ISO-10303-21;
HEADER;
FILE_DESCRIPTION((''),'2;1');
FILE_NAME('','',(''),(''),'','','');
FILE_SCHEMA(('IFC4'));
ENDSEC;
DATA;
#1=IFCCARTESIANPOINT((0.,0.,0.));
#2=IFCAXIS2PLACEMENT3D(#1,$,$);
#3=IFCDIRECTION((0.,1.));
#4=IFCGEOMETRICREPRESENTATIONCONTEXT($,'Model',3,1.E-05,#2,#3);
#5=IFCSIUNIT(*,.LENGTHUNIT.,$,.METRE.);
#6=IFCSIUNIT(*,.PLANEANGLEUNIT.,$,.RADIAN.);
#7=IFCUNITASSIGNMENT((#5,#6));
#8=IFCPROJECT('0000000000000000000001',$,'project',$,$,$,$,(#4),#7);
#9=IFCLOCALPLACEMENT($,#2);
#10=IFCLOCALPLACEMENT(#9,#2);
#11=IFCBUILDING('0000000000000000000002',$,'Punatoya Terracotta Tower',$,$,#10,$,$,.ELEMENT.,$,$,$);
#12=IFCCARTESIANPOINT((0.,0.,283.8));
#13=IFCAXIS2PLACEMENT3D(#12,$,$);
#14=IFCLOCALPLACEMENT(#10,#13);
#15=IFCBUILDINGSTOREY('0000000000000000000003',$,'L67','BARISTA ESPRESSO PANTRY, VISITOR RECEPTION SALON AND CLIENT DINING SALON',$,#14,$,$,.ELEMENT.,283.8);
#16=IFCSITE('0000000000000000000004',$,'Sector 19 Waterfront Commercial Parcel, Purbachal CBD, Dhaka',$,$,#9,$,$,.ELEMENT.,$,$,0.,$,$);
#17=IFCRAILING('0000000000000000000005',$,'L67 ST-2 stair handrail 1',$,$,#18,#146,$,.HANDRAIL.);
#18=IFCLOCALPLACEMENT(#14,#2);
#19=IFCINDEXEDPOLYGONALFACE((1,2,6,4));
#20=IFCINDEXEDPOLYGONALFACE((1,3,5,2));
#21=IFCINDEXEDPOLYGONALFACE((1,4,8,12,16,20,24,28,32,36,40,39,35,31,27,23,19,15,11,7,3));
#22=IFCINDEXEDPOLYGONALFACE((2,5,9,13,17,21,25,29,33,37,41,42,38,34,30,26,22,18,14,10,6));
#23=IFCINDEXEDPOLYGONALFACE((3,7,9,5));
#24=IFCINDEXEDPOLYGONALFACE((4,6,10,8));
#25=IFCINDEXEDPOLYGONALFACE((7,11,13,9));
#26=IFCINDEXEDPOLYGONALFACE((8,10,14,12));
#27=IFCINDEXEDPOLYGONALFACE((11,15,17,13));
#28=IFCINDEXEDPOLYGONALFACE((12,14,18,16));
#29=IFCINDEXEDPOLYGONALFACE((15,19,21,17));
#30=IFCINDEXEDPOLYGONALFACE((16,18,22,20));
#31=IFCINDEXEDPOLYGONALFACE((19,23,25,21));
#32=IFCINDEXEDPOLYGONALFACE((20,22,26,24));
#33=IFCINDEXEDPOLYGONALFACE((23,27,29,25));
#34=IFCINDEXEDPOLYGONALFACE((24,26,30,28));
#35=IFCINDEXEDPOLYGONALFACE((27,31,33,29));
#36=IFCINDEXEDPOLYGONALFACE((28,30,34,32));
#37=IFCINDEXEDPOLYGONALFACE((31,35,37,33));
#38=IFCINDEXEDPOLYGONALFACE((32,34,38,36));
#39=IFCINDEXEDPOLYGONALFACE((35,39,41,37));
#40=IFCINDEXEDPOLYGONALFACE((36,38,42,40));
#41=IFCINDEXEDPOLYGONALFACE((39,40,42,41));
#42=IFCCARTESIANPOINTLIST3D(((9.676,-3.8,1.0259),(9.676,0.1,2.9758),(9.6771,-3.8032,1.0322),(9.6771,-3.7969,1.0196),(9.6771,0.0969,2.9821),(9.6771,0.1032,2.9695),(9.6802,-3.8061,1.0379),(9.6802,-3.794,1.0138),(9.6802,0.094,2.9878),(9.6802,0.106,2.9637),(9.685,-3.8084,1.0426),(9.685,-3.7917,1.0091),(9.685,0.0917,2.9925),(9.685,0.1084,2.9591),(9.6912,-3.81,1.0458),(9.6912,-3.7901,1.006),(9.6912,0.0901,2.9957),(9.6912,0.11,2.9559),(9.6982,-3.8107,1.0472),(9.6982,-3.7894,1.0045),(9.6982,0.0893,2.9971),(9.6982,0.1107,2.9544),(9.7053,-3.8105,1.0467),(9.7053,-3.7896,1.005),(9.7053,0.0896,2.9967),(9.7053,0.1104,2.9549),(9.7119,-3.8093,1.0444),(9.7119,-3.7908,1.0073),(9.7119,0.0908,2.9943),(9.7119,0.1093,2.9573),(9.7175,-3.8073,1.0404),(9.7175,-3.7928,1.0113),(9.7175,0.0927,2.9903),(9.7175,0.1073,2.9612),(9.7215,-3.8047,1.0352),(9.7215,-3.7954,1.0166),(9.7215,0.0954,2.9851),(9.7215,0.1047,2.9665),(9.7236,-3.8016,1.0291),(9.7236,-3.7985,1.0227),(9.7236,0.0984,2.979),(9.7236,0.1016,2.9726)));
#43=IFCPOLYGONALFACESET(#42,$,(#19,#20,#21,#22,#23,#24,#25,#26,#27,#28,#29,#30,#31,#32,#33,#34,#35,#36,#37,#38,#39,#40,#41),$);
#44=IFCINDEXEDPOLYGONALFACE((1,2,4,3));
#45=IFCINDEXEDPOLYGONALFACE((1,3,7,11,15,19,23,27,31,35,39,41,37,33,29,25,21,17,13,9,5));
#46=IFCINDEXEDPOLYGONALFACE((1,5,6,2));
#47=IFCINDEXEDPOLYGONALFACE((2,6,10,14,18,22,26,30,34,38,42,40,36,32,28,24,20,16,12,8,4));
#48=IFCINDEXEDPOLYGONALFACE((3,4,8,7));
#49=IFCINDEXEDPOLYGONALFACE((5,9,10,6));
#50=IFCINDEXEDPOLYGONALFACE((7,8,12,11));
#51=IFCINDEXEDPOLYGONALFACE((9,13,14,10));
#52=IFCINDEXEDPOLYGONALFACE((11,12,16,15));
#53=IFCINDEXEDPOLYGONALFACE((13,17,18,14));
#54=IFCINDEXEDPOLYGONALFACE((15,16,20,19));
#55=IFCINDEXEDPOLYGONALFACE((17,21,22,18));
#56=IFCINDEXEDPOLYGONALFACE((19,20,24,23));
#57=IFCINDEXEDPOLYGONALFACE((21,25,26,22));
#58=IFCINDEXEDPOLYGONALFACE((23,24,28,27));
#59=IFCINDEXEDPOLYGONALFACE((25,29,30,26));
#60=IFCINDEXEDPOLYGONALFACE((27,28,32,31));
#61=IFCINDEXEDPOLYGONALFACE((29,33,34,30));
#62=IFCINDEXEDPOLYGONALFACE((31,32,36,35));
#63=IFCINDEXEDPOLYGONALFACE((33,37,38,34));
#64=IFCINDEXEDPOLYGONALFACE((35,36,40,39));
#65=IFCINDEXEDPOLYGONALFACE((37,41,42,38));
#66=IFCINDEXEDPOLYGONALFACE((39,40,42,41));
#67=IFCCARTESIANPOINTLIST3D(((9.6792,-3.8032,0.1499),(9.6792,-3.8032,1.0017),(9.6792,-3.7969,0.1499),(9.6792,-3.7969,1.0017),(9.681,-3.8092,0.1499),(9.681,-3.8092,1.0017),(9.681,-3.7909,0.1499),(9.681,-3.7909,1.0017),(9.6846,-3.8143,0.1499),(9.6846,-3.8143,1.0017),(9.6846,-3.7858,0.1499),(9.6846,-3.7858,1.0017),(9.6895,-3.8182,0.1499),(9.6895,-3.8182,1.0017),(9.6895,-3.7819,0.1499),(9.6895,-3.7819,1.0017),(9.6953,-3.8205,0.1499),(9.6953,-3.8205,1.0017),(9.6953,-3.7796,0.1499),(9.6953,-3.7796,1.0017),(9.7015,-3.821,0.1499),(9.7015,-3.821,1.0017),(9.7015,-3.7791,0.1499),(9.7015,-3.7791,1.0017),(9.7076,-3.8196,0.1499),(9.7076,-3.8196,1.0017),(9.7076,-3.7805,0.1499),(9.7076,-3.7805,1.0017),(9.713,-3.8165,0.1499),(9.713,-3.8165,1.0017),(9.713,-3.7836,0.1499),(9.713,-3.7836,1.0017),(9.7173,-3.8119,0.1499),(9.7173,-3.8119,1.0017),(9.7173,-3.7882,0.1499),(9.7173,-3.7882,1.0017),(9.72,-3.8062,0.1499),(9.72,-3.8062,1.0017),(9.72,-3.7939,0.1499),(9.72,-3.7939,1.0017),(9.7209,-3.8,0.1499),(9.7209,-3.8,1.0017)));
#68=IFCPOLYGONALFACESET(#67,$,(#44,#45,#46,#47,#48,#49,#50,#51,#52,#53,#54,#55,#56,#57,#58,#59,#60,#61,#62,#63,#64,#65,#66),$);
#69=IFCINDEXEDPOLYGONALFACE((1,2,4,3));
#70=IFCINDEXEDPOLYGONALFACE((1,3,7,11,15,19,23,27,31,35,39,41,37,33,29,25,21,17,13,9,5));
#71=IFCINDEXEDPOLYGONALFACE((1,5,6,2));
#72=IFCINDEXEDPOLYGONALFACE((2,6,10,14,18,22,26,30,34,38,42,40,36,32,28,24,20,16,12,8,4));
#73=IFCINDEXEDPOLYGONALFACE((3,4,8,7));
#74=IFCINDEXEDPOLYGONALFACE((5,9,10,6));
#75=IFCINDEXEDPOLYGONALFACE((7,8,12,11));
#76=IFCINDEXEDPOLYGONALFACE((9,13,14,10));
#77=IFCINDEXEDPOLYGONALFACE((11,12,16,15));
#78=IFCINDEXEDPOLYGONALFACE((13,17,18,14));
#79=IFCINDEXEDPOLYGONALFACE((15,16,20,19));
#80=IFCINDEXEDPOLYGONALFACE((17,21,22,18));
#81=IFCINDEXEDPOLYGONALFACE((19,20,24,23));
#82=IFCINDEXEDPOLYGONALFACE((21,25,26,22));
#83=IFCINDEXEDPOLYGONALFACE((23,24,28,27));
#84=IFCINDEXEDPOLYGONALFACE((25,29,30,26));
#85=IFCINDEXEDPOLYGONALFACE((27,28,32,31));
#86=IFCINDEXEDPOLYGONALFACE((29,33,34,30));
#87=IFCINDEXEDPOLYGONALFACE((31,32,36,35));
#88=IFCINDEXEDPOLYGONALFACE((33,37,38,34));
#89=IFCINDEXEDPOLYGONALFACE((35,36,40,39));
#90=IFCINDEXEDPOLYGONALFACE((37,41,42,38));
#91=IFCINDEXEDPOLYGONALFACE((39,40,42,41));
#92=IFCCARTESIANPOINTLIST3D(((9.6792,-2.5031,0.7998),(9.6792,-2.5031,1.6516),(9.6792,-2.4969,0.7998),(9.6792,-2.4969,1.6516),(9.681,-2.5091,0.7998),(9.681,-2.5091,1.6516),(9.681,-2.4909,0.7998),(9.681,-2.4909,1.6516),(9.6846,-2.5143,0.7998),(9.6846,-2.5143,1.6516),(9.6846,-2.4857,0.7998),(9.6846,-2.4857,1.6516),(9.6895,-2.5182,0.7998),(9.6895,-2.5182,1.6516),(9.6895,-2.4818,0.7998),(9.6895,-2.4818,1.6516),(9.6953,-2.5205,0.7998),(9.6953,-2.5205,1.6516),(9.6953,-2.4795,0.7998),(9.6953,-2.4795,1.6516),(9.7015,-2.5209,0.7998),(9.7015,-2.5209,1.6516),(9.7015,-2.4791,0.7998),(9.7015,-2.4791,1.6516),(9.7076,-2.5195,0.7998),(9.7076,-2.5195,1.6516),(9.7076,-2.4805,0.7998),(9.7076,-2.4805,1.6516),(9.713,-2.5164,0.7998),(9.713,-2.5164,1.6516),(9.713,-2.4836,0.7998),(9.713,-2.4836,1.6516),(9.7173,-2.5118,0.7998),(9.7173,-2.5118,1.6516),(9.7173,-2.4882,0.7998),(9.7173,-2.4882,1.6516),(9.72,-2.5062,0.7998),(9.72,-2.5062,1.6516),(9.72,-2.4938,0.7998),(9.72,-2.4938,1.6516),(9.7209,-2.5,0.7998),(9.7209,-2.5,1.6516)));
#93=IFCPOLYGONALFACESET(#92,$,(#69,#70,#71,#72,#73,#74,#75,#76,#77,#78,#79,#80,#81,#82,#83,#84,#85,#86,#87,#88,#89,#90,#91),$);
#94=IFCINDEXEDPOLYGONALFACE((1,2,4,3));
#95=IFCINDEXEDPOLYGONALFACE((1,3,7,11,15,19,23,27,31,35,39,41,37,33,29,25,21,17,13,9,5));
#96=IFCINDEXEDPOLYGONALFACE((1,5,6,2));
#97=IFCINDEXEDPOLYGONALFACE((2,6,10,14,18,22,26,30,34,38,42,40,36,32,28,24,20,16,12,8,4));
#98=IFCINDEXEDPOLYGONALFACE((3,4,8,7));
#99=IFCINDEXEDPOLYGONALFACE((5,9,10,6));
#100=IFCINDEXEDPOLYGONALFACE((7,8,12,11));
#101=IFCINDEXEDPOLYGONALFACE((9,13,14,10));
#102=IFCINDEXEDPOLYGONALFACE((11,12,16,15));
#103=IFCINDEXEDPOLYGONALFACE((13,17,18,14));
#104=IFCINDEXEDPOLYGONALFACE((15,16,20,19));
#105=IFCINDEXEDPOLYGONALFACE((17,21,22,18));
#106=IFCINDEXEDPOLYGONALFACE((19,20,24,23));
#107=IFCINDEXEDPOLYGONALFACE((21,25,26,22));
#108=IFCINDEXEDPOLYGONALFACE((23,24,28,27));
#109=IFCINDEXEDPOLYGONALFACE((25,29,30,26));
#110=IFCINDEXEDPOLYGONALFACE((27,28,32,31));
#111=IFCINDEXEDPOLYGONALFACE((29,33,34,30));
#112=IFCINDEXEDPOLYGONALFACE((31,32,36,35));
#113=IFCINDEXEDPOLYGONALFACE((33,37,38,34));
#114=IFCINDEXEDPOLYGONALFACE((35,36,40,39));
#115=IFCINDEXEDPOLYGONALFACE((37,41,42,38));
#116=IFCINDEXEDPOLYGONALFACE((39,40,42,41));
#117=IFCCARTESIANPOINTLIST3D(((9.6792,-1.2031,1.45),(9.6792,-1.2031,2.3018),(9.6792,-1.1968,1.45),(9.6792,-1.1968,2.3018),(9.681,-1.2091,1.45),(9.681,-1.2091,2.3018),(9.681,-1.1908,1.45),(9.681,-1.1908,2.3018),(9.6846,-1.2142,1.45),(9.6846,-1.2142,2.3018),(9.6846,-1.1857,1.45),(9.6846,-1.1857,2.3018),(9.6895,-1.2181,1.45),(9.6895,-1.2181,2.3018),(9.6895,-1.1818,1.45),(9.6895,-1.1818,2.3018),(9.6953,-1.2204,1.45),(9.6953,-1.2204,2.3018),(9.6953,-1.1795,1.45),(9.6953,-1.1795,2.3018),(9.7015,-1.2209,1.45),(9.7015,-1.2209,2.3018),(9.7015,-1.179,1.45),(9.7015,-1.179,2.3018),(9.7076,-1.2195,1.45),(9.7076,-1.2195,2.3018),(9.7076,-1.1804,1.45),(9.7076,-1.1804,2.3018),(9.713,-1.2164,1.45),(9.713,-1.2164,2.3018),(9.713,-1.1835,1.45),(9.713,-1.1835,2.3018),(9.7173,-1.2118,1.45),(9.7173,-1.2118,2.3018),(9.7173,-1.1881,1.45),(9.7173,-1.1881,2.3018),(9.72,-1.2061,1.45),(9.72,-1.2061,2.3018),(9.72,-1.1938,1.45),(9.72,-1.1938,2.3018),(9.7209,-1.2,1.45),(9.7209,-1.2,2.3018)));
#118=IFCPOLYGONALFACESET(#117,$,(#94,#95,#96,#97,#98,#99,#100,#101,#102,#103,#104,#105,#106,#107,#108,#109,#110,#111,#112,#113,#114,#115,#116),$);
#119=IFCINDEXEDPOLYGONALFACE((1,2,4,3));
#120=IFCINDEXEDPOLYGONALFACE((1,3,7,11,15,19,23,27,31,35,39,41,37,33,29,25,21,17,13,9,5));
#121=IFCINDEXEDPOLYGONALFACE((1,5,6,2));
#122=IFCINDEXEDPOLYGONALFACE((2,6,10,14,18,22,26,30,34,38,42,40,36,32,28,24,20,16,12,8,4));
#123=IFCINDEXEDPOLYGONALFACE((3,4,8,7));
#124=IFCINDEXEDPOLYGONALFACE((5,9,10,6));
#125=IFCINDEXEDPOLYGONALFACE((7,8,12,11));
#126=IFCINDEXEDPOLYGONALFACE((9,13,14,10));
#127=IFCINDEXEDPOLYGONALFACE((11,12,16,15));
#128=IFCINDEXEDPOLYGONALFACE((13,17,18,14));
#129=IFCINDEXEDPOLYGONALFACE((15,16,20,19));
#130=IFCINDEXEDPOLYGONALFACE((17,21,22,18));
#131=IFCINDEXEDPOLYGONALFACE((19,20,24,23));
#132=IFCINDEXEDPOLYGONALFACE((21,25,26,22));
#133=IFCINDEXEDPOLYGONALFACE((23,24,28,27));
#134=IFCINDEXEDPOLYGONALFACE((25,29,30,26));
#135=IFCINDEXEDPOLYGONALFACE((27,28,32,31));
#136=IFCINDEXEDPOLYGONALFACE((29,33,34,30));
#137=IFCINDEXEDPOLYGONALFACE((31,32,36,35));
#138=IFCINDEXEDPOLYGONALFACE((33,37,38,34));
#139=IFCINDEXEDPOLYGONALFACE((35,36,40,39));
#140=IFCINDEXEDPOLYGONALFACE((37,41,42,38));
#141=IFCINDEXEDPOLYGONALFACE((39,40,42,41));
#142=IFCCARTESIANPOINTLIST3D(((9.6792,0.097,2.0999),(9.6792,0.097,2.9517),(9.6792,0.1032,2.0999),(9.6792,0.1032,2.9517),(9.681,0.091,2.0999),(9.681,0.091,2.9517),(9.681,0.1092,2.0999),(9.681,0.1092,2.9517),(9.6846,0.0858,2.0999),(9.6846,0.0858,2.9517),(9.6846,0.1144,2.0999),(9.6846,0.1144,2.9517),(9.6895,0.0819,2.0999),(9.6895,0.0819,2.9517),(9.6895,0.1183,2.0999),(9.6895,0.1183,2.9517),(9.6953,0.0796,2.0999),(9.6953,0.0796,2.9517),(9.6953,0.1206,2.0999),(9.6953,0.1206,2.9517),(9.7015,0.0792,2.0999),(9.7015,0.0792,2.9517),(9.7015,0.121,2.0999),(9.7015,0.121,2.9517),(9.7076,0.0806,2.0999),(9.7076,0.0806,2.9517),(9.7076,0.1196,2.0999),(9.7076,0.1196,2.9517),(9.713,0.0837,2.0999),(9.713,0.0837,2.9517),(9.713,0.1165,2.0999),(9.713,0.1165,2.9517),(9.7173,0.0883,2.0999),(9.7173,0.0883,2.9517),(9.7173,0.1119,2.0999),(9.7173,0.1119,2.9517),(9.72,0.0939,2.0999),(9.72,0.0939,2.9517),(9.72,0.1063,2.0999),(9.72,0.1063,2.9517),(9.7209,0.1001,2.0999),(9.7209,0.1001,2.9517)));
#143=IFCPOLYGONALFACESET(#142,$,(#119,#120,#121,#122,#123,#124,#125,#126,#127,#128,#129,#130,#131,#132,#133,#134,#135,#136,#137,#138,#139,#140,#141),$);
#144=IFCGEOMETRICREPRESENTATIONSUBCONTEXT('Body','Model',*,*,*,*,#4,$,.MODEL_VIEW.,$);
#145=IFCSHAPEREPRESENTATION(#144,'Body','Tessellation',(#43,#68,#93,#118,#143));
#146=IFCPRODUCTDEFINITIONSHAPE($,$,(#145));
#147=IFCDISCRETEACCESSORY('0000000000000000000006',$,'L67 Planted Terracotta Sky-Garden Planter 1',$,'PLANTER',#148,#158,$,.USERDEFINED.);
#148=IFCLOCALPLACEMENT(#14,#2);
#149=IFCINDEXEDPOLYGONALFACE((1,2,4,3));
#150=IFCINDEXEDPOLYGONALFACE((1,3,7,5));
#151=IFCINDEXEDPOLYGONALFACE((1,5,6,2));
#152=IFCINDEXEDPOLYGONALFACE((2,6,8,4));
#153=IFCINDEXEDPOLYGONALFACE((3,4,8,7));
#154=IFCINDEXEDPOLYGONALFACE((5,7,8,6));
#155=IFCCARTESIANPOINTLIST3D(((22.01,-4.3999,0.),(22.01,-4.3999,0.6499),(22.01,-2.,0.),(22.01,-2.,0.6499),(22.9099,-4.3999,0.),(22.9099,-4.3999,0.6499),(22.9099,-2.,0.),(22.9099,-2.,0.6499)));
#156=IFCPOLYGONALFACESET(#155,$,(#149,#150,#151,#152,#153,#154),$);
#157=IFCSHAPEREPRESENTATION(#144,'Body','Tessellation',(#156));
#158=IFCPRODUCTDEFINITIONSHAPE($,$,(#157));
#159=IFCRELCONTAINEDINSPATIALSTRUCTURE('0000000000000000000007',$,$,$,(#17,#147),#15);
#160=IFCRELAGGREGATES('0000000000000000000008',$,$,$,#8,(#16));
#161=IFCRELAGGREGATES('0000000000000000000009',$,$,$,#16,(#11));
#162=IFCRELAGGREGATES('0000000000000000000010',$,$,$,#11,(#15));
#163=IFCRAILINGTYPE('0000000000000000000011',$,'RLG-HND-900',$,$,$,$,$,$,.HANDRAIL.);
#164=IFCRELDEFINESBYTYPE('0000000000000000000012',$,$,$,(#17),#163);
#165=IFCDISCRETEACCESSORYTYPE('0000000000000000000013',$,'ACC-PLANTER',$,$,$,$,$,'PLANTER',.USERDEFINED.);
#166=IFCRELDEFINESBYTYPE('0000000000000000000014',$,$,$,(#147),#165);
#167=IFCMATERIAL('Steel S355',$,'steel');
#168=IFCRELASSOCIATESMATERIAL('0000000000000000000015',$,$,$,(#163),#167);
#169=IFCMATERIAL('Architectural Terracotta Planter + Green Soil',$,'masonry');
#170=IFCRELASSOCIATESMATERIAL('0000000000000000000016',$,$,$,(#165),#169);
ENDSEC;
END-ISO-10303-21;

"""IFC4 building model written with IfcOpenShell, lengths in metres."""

from ifc_helpers import new_model, si_unit, direction, frame, origin, origin_2d, place, context, subcontext, project, spatial, rectangle, circle, extrude, material, type_object, element, save


model = new_model("IFC4")

# Units and contexts
model_context = context("Model", 3, precision=1e-05, world=origin(), true_north=direction((0.0, 1.0)))
body_context = subcontext(model_context, "Body", "Model", "MODEL_VIEW")
ifc_project = project(units=[si_unit("LENGTHUNIT", "METRE"), si_unit("PLANEANGLEUNIT", "RADIAN")], contexts=[model_context])

# Site, building, storey
site_placement = place(None, origin())
site = spatial("IfcSite", under=ifc_project, at=site_placement, Name="Sector 19 Waterfront Commercial Parcel, Purbachal CBD, Dhaka", CompositionType="ELEMENT", RefElevation=0.0)
building_placement = place(site_placement, origin())
building = spatial("IfcBuilding", under=site, at=building_placement, Name="Punatoya Terracotta Tower", CompositionType="ELEMENT")
storey_placement = place(building_placement, frame((0.0, 0.0, 283.8)))
storey = spatial("IfcBuildingStorey", under=building, at=storey_placement, Name="L67", Description="BARISTA ESPRESSO PANTRY, VISITOR RECEPTION SALON AND CLIENT DINING SALON", CompositionType="ELEMENT", Elevation=283.8)

# Shared definitions
ifc_material_1 = material(Name="Steel S355", Category="steel")

# Railing
railing_type_1 = type_object("IfcRailingType", Name="RLG-HND-900", PredefinedType="HANDRAIL", material=ifc_material_1)
railing_1_placement = place(storey_placement, frame((9.7, -3.8, 0.1499)))
element("IfcRailing", 1, at=railing_1_placement, inside=storey, type_object=railing_type_1, Name="L67 ST-2 stair handrail 1", PredefinedType="HANDRAIL", context=body_context, shape_type="SweptSolid", body=[
    extrude(circle(Radius=0.0239, at=origin_2d()), frame((0.0, 0.0, 0.876), z_axis=(0.0, 0.894438, 0.447191), x_axis=(-1.0, 0.0, 0.0)), (0.0, 0.0, 1.0), 4.3604),
    extrude(circle(Radius=0.021, at=origin_2d()), origin(), (0.0, 0.0, 1.0), 0.8518),
    extrude(circle(Radius=0.021, at=origin_2d()), frame((0.0, 1.3, 0.6499)), (0.0, 0.0, 1.0), 0.8518),
    extrude(circle(Radius=0.021, at=origin_2d()), frame((0.0, 2.6001, 1.3)), (0.0, 0.0, 1.0), 0.8518),
    extrude(circle(Radius=0.021, at=origin_2d()), frame((0.0, 3.9001, 1.95)), (0.0, 0.0, 1.0), 0.8518),
])

# Discrete accessory
ifc_material_2 = material(Name="Architectural Terracotta Planter + Green Soil", Category="masonry")
discrete_accessory_type = type_object("IfcDiscreteAccessoryType", Name="ACC-PLANTER", ElementType="PLANTER", PredefinedType="USERDEFINED", material=ifc_material_2)
discrete_accessory_placement = place(storey_placement, frame((22.46, -3.2, 0.0), z_axis=(0.0, 0.0, 1.0), x_axis=(0.0, 1.0, 0.0)))
element("IfcDiscreteAccessory", 2, at=discrete_accessory_placement, inside=storey, type_object=discrete_accessory_type, Name="L67 Planted Terracotta Sky-Garden Planter 1", ObjectType="PLANTER", PredefinedType="USERDEFINED", context=body_context, shape_type="SweptSolid", body=[
    extrude(rectangle(XDim=2.3999, YDim=0.8999, at=origin_2d()), origin(), (0.0, 0.0, 1.0), 0.6499),
])

save(model, "model.ifc")
